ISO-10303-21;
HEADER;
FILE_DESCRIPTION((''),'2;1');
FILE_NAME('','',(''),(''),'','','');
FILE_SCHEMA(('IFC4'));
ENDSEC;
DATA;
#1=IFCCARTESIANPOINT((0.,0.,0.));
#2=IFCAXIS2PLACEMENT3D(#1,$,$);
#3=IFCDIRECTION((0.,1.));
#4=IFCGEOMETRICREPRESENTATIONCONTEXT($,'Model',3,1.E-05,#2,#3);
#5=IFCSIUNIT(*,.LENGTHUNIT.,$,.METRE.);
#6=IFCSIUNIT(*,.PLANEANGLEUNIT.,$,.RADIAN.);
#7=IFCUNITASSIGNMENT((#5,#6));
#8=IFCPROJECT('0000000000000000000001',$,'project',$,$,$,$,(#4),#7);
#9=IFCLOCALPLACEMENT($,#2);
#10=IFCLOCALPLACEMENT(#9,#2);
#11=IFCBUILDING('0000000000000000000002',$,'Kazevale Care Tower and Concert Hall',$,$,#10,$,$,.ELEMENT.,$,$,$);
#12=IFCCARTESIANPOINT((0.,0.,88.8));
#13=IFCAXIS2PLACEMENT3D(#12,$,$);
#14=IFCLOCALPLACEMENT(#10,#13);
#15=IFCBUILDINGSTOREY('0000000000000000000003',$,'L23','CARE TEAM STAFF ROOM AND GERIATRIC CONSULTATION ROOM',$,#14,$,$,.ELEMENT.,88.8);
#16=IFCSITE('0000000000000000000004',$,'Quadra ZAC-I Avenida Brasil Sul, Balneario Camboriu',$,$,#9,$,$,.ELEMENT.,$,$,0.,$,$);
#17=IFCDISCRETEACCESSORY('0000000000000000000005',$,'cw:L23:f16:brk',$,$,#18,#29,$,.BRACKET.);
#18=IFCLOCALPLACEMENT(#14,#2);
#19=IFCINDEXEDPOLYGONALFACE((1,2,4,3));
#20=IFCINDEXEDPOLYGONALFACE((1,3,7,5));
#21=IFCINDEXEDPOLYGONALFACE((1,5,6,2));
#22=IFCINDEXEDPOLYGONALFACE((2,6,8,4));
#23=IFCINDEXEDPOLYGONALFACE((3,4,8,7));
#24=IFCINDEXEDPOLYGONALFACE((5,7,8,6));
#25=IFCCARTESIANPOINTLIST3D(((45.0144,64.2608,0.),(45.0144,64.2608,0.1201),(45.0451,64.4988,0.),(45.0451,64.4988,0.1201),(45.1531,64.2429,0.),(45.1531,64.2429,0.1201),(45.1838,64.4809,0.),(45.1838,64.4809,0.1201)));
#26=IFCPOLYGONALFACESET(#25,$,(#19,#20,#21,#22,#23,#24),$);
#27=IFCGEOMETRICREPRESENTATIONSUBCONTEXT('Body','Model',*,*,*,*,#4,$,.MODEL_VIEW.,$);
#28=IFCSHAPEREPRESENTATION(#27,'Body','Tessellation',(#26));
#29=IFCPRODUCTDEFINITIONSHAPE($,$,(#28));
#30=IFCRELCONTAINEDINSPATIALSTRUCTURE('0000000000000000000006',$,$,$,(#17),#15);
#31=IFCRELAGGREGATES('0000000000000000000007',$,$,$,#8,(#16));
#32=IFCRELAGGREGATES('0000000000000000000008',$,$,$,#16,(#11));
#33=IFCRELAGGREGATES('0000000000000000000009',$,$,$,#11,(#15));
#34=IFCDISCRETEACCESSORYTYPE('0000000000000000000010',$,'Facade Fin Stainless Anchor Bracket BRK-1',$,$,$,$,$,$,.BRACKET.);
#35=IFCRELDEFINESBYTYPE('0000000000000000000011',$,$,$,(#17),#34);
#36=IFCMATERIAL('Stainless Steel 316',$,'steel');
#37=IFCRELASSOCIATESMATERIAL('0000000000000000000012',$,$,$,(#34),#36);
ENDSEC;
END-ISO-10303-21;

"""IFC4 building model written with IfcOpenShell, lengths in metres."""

from ifc_helpers import new_model, si_unit, direction, frame, origin, origin_2d, place, context, subcontext, project, spatial, rectangle, extrude, material, type_object, element, save


model = new_model("IFC4")

# Units and contexts
model_context = context("Model", 3, precision=1e-05, world=origin(), true_north=direction((0.0, 1.0)))
body_context = subcontext(model_context, "Body", "Model", "MODEL_VIEW")
ifc_project = project(units=[si_unit("LENGTHUNIT", "METRE"), si_unit("PLANEANGLEUNIT", "RADIAN")], contexts=[model_context])

# Site, building, storey
site_placement = place(None, origin())
site = spatial("IfcSite", under=ifc_project, at=site_placement, Name="Quadra ZAC-I Avenida Brasil Sul, Balneario Camboriu", CompositionType="ELEMENT", RefElevation=0.0)
building_placement = place(site_placement, origin())
building = spatial("IfcBuilding", under=site, at=building_placement, Name="Kazevale Care Tower and Concert Hall", CompositionType="ELEMENT")
storey_placement = place(building_placement, frame((0.0, 0.0, 88.8)))
storey = spatial("IfcBuildingStorey", under=building, at=storey_placement, Name="L23", Description="CARE TEAM STAFF ROOM AND GERIATRIC CONSULTATION ROOM", CompositionType="ELEMENT", Elevation=88.8)

# Discrete accessory
ifc_material_1 = material(Name="Stainless Steel 316", Category="steel")
discrete_accessory_type = type_object("IfcDiscreteAccessoryType", Name="Facade Fin Stainless Anchor Bracket BRK-1", PredefinedType="BRACKET", material=ifc_material_1)
discrete_accessory_placement = place(storey_placement, frame((45.0991, 64.3708, 0.0), z_axis=(0.0, 0.0, 1.0), x_axis=(0.12793, 0.991783, 0.0)))
element("IfcDiscreteAccessory", 1, at=discrete_accessory_placement, inside=storey, type_object=discrete_accessory_type, Name="cw:L23:f16:brk", PredefinedType="BRACKET", context=body_context, shape_type="SweptSolid", body=[
    extrude(rectangle(XDim=0.24, YDim=0.1399, at=origin_2d()), origin(), (0.0, 0.0, 1.0), 0.1201),
])

save(model, "model.ifc")
